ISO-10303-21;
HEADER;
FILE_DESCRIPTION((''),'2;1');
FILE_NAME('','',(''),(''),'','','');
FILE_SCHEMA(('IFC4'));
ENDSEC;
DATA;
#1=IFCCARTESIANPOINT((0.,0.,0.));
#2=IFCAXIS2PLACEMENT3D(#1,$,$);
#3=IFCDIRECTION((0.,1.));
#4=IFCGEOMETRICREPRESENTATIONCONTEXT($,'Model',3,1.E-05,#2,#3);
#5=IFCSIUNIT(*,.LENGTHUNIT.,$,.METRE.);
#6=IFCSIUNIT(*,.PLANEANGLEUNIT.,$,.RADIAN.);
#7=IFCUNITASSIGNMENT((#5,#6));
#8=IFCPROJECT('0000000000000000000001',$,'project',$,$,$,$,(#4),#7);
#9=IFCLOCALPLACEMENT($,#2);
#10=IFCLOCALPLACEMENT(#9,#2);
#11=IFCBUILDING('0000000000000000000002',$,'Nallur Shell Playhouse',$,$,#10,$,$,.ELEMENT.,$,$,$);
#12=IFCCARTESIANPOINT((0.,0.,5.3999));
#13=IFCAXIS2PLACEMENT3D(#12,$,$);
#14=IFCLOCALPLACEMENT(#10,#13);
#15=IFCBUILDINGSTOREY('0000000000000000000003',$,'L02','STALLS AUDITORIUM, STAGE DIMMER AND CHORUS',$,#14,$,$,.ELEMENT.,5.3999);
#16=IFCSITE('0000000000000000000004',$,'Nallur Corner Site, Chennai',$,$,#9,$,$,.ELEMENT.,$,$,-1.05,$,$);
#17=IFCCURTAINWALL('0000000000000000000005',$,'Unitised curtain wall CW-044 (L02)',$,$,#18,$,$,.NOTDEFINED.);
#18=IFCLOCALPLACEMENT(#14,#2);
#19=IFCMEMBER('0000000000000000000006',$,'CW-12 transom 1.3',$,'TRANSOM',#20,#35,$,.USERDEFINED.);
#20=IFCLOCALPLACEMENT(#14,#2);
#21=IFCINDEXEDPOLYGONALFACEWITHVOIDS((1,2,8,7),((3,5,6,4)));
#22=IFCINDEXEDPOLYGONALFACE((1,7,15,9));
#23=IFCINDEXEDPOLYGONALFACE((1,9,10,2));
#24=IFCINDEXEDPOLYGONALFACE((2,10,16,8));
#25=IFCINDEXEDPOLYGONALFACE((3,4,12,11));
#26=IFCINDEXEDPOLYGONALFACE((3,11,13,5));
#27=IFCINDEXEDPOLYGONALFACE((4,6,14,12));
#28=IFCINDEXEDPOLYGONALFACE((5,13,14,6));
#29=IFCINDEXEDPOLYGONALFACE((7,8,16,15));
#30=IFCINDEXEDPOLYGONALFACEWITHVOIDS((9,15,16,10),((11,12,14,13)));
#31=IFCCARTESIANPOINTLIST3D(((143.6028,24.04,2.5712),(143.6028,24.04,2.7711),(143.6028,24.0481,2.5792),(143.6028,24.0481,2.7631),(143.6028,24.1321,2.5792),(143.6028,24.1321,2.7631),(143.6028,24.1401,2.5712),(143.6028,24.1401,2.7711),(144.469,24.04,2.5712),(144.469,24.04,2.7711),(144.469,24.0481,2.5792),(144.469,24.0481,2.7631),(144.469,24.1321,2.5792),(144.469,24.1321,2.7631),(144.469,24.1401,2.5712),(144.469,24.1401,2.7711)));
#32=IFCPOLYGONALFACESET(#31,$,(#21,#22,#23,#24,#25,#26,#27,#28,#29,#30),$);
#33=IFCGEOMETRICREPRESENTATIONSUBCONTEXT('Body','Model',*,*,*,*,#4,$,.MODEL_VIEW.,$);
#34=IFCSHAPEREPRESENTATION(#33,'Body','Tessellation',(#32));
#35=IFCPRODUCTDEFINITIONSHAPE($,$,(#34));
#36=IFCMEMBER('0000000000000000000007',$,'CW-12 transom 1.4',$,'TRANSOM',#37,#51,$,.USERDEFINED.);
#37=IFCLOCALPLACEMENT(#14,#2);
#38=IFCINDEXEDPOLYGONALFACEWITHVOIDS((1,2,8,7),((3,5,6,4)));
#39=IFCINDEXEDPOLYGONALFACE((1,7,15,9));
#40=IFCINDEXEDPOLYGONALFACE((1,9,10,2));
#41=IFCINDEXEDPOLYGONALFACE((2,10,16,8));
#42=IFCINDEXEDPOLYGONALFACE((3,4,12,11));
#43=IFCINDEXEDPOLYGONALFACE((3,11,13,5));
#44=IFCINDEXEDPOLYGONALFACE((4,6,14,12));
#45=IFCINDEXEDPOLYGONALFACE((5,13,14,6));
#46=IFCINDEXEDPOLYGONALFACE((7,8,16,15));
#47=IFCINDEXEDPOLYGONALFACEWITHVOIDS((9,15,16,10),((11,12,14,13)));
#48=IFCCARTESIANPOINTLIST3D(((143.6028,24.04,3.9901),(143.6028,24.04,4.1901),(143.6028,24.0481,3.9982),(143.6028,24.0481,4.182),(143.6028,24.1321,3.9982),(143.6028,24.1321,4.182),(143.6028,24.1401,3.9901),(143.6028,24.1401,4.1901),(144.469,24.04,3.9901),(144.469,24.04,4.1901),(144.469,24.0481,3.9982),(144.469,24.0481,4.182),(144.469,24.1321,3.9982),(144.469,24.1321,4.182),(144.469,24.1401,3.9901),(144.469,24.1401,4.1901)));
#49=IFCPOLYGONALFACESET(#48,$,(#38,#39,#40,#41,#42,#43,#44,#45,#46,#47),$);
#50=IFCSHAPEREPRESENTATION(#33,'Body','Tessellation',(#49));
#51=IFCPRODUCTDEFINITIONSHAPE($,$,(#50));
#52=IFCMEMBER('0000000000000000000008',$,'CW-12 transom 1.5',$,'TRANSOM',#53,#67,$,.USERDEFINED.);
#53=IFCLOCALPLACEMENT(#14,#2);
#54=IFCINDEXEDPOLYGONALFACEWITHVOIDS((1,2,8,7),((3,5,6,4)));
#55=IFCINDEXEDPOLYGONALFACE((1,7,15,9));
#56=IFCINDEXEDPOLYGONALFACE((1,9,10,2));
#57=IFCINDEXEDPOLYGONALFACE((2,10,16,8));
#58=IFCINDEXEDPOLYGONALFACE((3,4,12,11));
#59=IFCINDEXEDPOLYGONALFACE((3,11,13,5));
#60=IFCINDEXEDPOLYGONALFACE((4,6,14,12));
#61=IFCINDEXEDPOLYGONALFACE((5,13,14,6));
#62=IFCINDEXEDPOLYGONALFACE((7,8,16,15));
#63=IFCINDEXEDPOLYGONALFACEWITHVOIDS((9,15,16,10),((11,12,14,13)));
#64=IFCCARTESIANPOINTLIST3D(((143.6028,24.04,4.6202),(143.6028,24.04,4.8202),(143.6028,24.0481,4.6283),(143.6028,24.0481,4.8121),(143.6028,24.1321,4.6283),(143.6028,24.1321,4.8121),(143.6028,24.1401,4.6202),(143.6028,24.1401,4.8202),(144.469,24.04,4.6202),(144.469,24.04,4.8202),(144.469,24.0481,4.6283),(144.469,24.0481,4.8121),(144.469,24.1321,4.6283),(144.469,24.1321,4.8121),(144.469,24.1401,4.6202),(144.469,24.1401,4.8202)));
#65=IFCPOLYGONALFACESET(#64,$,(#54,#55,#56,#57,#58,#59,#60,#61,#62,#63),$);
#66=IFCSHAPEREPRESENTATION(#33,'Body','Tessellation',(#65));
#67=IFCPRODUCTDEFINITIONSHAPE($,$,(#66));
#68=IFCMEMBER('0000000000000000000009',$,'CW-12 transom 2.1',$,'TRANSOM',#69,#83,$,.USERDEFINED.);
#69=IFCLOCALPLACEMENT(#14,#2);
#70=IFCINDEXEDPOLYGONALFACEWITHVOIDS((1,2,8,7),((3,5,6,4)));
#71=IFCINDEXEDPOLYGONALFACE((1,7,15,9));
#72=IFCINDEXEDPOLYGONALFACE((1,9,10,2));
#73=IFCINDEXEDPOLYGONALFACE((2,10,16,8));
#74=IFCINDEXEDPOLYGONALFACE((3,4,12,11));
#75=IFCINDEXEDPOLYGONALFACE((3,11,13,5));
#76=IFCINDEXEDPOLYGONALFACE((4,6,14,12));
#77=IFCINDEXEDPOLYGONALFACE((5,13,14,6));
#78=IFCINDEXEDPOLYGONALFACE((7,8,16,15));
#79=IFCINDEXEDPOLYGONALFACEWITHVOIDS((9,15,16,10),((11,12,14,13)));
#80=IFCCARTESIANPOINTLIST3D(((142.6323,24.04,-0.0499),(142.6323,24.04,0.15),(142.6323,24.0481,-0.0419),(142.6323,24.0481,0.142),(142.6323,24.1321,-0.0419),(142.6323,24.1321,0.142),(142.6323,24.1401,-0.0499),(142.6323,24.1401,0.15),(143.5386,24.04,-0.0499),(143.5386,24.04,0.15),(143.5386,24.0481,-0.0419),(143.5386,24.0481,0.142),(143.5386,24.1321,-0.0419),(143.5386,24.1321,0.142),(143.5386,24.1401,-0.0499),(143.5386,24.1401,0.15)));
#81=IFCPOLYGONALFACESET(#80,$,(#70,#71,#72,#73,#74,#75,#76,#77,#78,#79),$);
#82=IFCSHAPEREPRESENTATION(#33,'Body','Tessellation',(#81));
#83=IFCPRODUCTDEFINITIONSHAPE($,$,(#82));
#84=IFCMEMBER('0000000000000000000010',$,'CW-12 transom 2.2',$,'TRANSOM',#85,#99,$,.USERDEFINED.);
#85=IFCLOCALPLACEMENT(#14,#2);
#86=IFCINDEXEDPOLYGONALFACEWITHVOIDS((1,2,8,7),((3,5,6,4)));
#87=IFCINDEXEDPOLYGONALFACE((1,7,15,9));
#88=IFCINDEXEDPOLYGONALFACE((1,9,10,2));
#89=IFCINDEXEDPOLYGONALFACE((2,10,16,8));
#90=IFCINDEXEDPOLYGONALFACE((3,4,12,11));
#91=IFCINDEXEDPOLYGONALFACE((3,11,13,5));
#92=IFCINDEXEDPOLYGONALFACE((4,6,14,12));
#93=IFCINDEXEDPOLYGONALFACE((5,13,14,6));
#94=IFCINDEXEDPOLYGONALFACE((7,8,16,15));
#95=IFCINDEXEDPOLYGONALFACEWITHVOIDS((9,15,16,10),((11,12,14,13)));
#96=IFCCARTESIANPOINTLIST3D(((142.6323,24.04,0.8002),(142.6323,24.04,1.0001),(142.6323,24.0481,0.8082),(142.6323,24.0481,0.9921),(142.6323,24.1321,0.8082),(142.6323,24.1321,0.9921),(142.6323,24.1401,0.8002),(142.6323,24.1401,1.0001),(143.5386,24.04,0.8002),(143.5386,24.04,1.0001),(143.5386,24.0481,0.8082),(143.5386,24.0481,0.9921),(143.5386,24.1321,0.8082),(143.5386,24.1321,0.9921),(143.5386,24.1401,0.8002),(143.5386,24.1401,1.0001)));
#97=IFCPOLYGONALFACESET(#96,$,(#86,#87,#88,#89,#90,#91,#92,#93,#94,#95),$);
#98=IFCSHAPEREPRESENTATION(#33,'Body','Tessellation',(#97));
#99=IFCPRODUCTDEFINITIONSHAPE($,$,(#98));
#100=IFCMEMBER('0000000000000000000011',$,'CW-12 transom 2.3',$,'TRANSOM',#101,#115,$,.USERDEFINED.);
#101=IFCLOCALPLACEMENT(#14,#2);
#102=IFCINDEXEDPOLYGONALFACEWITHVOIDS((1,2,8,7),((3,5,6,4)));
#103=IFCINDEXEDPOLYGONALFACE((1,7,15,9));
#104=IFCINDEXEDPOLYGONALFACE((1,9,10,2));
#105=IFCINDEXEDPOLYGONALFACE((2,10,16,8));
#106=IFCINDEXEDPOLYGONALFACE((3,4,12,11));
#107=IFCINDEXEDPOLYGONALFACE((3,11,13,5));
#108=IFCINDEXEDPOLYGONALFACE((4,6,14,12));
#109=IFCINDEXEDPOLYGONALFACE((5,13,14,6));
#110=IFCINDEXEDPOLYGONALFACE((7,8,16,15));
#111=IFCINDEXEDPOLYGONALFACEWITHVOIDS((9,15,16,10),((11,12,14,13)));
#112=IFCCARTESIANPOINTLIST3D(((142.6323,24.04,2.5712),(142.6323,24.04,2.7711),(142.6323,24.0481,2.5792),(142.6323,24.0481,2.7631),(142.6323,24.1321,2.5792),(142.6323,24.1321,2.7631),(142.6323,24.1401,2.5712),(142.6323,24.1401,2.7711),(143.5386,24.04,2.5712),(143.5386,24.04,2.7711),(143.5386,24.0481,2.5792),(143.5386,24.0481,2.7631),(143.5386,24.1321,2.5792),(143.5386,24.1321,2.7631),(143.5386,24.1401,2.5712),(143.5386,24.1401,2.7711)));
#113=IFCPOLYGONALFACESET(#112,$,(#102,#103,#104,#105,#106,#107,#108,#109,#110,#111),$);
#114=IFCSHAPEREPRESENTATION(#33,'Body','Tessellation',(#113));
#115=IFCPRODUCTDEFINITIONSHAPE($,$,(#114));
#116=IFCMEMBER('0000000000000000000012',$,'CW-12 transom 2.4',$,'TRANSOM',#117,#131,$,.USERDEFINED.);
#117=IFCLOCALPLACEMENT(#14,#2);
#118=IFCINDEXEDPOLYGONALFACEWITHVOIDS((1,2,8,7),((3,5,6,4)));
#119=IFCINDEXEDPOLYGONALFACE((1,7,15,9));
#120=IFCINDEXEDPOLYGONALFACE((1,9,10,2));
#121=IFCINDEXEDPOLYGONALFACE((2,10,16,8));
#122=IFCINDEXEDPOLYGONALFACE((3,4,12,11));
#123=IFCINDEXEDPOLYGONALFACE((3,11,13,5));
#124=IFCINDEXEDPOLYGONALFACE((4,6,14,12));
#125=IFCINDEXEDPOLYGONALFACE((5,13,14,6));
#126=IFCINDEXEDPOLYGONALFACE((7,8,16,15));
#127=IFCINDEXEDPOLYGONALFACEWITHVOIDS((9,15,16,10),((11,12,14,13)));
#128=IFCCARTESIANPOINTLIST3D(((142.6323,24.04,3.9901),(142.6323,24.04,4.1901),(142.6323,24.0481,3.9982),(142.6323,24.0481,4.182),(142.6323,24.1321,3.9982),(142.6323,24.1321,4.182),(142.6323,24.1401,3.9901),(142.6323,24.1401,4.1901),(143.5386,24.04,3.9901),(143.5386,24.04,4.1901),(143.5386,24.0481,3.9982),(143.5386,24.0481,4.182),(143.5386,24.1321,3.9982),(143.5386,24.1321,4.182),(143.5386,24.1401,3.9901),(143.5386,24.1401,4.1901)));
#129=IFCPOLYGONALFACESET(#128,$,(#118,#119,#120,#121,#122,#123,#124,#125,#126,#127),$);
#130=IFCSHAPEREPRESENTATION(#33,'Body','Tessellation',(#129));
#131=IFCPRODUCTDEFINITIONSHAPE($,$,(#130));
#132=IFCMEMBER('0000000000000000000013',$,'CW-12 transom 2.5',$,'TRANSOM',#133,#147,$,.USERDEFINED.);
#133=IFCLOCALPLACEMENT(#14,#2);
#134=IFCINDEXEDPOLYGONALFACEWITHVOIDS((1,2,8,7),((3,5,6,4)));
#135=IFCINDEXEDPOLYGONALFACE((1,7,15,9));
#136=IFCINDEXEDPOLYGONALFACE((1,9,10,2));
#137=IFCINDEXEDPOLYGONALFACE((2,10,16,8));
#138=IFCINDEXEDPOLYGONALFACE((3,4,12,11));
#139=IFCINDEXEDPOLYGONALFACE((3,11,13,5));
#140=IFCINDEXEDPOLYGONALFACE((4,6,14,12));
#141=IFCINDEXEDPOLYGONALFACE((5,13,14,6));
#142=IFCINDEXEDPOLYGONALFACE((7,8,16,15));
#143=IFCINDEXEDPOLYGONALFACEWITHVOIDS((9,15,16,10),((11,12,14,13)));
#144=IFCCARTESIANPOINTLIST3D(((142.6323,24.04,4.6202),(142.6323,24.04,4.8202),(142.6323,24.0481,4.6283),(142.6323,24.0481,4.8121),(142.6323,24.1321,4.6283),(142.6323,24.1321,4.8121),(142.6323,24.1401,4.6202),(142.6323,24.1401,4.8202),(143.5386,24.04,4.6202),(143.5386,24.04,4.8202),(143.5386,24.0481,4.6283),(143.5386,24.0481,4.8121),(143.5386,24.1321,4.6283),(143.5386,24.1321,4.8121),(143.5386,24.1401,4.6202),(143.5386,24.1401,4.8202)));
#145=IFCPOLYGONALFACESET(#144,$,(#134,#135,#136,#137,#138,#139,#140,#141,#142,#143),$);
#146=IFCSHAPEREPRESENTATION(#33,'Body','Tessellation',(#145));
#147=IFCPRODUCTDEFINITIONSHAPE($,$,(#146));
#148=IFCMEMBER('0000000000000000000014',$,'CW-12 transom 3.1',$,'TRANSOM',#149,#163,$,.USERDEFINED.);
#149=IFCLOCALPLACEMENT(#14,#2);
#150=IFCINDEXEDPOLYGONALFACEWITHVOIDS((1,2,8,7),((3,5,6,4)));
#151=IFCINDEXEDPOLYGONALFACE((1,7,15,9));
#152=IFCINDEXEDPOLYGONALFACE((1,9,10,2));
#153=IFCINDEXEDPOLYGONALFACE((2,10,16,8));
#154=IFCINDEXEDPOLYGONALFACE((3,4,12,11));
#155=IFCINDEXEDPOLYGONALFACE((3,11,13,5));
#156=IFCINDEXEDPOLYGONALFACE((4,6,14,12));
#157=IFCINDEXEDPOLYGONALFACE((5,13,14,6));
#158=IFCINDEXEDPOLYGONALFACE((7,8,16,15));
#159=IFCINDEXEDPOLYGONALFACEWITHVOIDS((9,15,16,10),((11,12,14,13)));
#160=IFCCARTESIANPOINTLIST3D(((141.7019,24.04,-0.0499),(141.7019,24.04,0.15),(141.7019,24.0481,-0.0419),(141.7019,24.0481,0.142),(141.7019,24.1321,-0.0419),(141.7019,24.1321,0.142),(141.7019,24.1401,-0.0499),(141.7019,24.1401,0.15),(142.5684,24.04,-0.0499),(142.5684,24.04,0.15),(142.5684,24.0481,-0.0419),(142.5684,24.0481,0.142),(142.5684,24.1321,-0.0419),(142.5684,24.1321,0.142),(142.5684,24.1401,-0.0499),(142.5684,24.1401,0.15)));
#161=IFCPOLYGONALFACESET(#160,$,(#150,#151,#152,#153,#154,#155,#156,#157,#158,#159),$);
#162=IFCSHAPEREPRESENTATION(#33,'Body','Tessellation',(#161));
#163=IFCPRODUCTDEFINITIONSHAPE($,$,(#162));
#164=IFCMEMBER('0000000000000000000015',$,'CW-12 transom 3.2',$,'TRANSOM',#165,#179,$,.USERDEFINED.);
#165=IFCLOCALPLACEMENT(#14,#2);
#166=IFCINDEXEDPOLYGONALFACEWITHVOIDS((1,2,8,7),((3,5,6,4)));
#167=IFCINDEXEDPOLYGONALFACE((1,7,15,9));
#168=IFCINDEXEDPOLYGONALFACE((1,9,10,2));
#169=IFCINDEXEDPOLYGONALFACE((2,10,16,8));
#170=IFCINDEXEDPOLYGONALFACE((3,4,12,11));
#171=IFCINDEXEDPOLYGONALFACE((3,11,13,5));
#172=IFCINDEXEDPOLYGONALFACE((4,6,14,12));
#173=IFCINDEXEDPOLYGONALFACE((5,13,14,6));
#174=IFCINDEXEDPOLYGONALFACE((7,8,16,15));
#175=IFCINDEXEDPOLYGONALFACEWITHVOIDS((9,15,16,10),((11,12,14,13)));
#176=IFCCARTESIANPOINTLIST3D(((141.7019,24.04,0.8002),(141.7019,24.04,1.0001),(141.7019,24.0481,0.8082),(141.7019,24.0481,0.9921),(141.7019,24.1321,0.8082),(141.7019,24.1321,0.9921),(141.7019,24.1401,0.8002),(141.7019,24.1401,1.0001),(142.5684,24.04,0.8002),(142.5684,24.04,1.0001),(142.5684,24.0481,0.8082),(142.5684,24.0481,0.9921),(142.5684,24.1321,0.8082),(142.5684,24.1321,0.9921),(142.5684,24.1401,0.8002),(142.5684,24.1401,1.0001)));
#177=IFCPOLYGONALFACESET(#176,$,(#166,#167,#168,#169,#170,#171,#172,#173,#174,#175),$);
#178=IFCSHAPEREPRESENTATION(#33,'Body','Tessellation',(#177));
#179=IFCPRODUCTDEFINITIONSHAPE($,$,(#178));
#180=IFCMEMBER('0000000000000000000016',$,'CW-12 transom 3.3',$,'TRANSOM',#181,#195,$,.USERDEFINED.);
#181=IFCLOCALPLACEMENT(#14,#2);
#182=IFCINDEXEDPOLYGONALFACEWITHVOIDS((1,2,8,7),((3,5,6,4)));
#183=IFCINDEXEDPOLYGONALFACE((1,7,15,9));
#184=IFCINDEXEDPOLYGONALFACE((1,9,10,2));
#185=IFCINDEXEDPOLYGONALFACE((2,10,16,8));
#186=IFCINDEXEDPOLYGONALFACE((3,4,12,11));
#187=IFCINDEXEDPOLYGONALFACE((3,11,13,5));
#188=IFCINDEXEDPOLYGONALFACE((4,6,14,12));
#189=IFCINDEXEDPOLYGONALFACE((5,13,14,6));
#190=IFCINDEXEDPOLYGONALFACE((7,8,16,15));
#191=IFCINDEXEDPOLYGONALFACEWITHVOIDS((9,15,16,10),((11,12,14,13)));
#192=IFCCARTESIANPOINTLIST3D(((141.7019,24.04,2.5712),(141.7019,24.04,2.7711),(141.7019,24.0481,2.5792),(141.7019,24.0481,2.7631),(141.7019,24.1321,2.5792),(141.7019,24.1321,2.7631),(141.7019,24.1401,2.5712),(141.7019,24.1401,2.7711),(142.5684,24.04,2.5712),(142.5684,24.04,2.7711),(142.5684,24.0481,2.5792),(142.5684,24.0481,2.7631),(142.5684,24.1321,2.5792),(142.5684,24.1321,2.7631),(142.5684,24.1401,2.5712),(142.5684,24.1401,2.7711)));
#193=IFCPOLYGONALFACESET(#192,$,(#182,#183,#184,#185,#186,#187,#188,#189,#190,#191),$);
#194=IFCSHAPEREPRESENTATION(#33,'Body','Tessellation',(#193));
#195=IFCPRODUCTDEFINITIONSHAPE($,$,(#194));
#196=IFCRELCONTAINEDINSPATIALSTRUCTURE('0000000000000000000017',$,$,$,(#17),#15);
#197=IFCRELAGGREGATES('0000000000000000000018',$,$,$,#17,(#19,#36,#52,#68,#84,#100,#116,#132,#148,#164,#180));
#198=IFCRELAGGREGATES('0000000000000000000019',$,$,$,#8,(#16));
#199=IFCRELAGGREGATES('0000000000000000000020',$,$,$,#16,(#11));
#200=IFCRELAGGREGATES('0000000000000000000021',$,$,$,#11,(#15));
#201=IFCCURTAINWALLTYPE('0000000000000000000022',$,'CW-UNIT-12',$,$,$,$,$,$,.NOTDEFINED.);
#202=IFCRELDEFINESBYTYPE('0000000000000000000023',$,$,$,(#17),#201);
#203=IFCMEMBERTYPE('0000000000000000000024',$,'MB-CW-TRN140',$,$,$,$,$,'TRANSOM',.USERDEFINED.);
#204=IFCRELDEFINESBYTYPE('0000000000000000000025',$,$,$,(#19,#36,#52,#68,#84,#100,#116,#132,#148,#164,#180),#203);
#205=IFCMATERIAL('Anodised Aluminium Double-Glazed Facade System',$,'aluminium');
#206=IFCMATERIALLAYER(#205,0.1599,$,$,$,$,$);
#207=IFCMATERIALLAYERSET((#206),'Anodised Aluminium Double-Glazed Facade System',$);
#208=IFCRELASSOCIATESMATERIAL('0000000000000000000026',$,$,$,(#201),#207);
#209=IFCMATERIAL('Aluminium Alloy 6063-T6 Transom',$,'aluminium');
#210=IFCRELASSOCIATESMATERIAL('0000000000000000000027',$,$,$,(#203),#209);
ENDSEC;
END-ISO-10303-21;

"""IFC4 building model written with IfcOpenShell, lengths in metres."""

from ifc_helpers import new_model, si_unit, direction, frame, origin, origin_2d, place, context, subcontext, project, spatial, hollow_rectangle, extrude, material, layer, layer_set, material_profile, profile_set, type_object, element, aggregate, save


model = new_model("IFC4")

# Units and contexts
model_context = context("Model", 3, precision=1e-05, world=origin(), true_north=direction((0.0, 1.0)))
body_context = subcontext(model_context, "Body", "Model", "MODEL_VIEW")
ifc_project = project(units=[si_unit("LENGTHUNIT", "METRE"), si_unit("PLANEANGLEUNIT", "RADIAN")], contexts=[model_context])

# Site, building, storey
site_placement = place(None, origin())
site = spatial("IfcSite", under=ifc_project, at=site_placement, Name="Nallur Corner Site, Chennai", CompositionType="ELEMENT", RefElevation=-1.05)
building_placement = place(site_placement, origin())
building = spatial("IfcBuilding", under=site, at=building_placement, Name="Nallur Shell Playhouse", CompositionType="ELEMENT")
storey_placement = place(building_placement, frame((0.0, 0.0, 5.3999)))
storey = spatial("IfcBuildingStorey", under=building, at=storey_placement, Name="L02", Description="STALLS AUDITORIUM, STAGE DIMMER AND CHORUS", CompositionType="ELEMENT", Elevation=5.3999)

# Curtain wall
ifc_material_1 = material(Name="Anodised Aluminium Double-Glazed Facade System", Category="aluminium")
ifc_layer_1 = layer(ifc_material_1, 0.1599)
ifc_layer_set_1 = layer_set([ifc_layer_1], Name="Anodised Aluminium Double-Glazed Facade System")
curtain_wall_type_1 = type_object("IfcCurtainWallType", Name="CW-UNIT-12", PredefinedType="NOTDEFINED", material=ifc_layer_set_1)
curtain_wall_1_placement = place(storey_placement, origin())
curtain_wall_1 = element("IfcCurtainWall", 1, at=curtain_wall_1_placement, inside=storey, type_object=curtain_wall_type_1, Name="Unitised curtain wall CW-044 (L02)", PredefinedType="NOTDEFINED")

# Members
ifc_material_2 = material(Name="Aluminium Alloy 6063-T6 Transom", Category="aluminium")
ifc_material_profile_1 = material_profile(ifc_material_2, hollow_rectangle(XDim=0.1001, YDim=0.2, WallThickness=0.0081, at=origin_2d()), Name="RHS 200x100x8")
ifc_profile_set_1 = profile_set([ifc_material_profile_1], Name="Aluminium Alloy 6063-T6 Transom")
member_type_1 = type_object("IfcMemberType", Name="MB-CW-TRN140", ElementType="TRANSOM", PredefinedType="USERDEFINED", material=ifc_profile_set_1)
member_1_placement = place(storey_placement, frame((144.469, 24.0901, 2.6711), z_axis=(-1.0, 0.0, 0.0), x_axis=(0.0, -1.0, 0.0)))
member_1 = element("IfcMember", 2, at=member_1_placement, type_object=member_type_1, Name="CW-12 transom 1.3", ObjectType="TRANSOM", PredefinedType="USERDEFINED", context=body_context, shape_type="SweptSolid", body=[
    extrude(hollow_rectangle(XDim=0.1001, YDim=0.2, WallThickness=0.0081, at=origin_2d()), origin(), (0.0, 0.0, 1.0), 0.8662),
])
member_2_placement = place(storey_placement, frame((144.469, 24.0901, 4.0901), z_axis=(-1.0, 0.0, 0.0), x_axis=(0.0, -1.0, 0.0)))
member_2 = element("IfcMember", 3, at=member_2_placement, type_object=member_type_1, Name="CW-12 transom 1.4", ObjectType="TRANSOM", PredefinedType="USERDEFINED", context=body_context, shape_type="SweptSolid", body=[
    extrude(hollow_rectangle(XDim=0.1001, YDim=0.2, WallThickness=0.0081, at=origin_2d()), origin(), (0.0, 0.0, 1.0), 0.8662),
])
member_3_placement = place(storey_placement, frame((144.469, 24.0901, 4.7202), z_axis=(-1.0, 0.0, 0.0), x_axis=(0.0, -1.0, 0.0)))
member_3 = element("IfcMember", 4, at=member_3_placement, type_object=member_type_1, Name="CW-12 transom 1.5", ObjectType="TRANSOM", PredefinedType="USERDEFINED", context=body_context, shape_type="SweptSolid", body=[
    extrude(hollow_rectangle(XDim=0.1001, YDim=0.2, WallThickness=0.0081, at=origin_2d()), origin(), (0.0, 0.0, 1.0), 0.8662),
])
member_4_placement = place(storey_placement, frame((143.5386, 24.0901, 0.05), z_axis=(-1.0, 0.0, 0.0), x_axis=(0.0, -1.0, 0.0)))
member_4 = element("IfcMember", 5, at=member_4_placement, type_object=member_type_1, Name="CW-12 transom 2.1", ObjectType="TRANSOM", PredefinedType="USERDEFINED", context=body_context, shape_type="SweptSolid", body=[
    extrude(hollow_rectangle(XDim=0.1001, YDim=0.2, WallThickness=0.0081, at=origin_2d()), origin(), (0.0, 0.0, 1.0), 0.9062),
])
member_5_placement = place(storey_placement, frame((143.5386, 24.0901, 0.9001), z_axis=(-1.0, 0.0, 0.0), x_axis=(0.0, -1.0, 0.0)))
member_5 = element("IfcMember", 6, at=member_5_placement, type_object=member_type_1, Name="CW-12 transom 2.2", ObjectType="TRANSOM", PredefinedType="USERDEFINED", context=body_context, shape_type="SweptSolid", body=[
    extrude(hollow_rectangle(XDim=0.1001, YDim=0.2, WallThickness=0.0081, at=origin_2d()), origin(), (0.0, 0.0, 1.0), 0.9062),
])
member_6_placement = place(storey_placement, frame((143.5386, 24.0901, 2.6711), z_axis=(-1.0, 0.0, 0.0), x_axis=(0.0, -1.0, 0.0)))
member_6 = element("IfcMember", 7, at=member_6_placement, type_object=member_type_1, Name="CW-12 transom 2.3", ObjectType="TRANSOM", PredefinedType="USERDEFINED", context=body_context, shape_type="SweptSolid", body=[
    extrude(hollow_rectangle(XDim=0.1001, YDim=0.2, WallThickness=0.0081, at=origin_2d()), origin(), (0.0, 0.0, 1.0), 0.9062),
])
member_7_placement = place(storey_placement, frame((143.5386, 24.0901, 4.0901), z_axis=(-1.0, 0.0, 0.0), x_axis=(0.0, -1.0, 0.0)))
member_7 = element("IfcMember", 8, at=member_7_placement, type_object=member_type_1, Name="CW-12 transom 2.4", ObjectType="TRANSOM", PredefinedType="USERDEFINED", context=body_context, shape_type="SweptSolid", body=[
    extrude(hollow_rectangle(XDim=0.1001, YDim=0.2, WallThickness=0.0081, at=origin_2d()), origin(), (0.0, 0.0, 1.0), 0.9062),
])
member_8_placement = place(storey_placement, frame((143.5386, 24.0901, 4.7202), z_axis=(-1.0, 0.0, 0.0), x_axis=(0.0, -1.0, 0.0)))
member_8 = element("IfcMember", 9, at=member_8_placement, type_object=member_type_1, Name="CW-12 transom 2.5", ObjectType="TRANSOM", PredefinedType="USERDEFINED", context=body_context, shape_type="SweptSolid", body=[
    extrude(hollow_rectangle(XDim=0.1001, YDim=0.2, WallThickness=0.0081, at=origin_2d()), origin(), (0.0, 0.0, 1.0), 0.9062),
])
member_9_placement = place(storey_placement, frame((142.5684, 24.0901, 0.05), z_axis=(-1.0, 0.0, 0.0), x_axis=(0.0, -1.0, 0.0)))
member_9 = element("IfcMember", 10, at=member_9_placement, type_object=member_type_1, Name="CW-12 transom 3.1", ObjectType="TRANSOM", PredefinedType="USERDEFINED", context=body_context, shape_type="SweptSolid", body=[
    extrude(hollow_rectangle(XDim=0.1001, YDim=0.2, WallThickness=0.0081, at=origin_2d()), origin(), (0.0, 0.0, 1.0), 0.8665),
])
member_10_placement = place(storey_placement, frame((142.5684, 24.0901, 0.9001), z_axis=(-1.0, 0.0, 0.0), x_axis=(0.0, -1.0, 0.0)))
member_10 = element("IfcMember", 11, at=member_10_placement, type_object=member_type_1, Name="CW-12 transom 3.2", ObjectType="TRANSOM", PredefinedType="USERDEFINED", context=body_context, shape_type="SweptSolid", body=[
    extrude(hollow_rectangle(XDim=0.1001, YDim=0.2, WallThickness=0.0081, at=origin_2d()), origin(), (0.0, 0.0, 1.0), 0.8665),
])
member_11_placement = place(storey_placement, frame((142.5684, 24.0901, 2.6711), z_axis=(-1.0, 0.0, 0.0), x_axis=(0.0, -1.0, 0.0)))
member_11 = element("IfcMember", 12, at=member_11_placement, type_object=member_type_1, Name="CW-12 transom 3.3", ObjectType="TRANSOM", PredefinedType="USERDEFINED", context=body_context, shape_type="SweptSolid", body=[
    extrude(hollow_rectangle(XDim=0.1001, YDim=0.2, WallThickness=0.0081, at=origin_2d()), origin(), (0.0, 0.0, 1.0), 0.8665),
])

aggregate(curtain_wall_1, [member_1, member_2, member_3, member_4, member_5, member_6, member_7, member_8, member_9, member_10, member_11])

save(model, "model.ifc")
